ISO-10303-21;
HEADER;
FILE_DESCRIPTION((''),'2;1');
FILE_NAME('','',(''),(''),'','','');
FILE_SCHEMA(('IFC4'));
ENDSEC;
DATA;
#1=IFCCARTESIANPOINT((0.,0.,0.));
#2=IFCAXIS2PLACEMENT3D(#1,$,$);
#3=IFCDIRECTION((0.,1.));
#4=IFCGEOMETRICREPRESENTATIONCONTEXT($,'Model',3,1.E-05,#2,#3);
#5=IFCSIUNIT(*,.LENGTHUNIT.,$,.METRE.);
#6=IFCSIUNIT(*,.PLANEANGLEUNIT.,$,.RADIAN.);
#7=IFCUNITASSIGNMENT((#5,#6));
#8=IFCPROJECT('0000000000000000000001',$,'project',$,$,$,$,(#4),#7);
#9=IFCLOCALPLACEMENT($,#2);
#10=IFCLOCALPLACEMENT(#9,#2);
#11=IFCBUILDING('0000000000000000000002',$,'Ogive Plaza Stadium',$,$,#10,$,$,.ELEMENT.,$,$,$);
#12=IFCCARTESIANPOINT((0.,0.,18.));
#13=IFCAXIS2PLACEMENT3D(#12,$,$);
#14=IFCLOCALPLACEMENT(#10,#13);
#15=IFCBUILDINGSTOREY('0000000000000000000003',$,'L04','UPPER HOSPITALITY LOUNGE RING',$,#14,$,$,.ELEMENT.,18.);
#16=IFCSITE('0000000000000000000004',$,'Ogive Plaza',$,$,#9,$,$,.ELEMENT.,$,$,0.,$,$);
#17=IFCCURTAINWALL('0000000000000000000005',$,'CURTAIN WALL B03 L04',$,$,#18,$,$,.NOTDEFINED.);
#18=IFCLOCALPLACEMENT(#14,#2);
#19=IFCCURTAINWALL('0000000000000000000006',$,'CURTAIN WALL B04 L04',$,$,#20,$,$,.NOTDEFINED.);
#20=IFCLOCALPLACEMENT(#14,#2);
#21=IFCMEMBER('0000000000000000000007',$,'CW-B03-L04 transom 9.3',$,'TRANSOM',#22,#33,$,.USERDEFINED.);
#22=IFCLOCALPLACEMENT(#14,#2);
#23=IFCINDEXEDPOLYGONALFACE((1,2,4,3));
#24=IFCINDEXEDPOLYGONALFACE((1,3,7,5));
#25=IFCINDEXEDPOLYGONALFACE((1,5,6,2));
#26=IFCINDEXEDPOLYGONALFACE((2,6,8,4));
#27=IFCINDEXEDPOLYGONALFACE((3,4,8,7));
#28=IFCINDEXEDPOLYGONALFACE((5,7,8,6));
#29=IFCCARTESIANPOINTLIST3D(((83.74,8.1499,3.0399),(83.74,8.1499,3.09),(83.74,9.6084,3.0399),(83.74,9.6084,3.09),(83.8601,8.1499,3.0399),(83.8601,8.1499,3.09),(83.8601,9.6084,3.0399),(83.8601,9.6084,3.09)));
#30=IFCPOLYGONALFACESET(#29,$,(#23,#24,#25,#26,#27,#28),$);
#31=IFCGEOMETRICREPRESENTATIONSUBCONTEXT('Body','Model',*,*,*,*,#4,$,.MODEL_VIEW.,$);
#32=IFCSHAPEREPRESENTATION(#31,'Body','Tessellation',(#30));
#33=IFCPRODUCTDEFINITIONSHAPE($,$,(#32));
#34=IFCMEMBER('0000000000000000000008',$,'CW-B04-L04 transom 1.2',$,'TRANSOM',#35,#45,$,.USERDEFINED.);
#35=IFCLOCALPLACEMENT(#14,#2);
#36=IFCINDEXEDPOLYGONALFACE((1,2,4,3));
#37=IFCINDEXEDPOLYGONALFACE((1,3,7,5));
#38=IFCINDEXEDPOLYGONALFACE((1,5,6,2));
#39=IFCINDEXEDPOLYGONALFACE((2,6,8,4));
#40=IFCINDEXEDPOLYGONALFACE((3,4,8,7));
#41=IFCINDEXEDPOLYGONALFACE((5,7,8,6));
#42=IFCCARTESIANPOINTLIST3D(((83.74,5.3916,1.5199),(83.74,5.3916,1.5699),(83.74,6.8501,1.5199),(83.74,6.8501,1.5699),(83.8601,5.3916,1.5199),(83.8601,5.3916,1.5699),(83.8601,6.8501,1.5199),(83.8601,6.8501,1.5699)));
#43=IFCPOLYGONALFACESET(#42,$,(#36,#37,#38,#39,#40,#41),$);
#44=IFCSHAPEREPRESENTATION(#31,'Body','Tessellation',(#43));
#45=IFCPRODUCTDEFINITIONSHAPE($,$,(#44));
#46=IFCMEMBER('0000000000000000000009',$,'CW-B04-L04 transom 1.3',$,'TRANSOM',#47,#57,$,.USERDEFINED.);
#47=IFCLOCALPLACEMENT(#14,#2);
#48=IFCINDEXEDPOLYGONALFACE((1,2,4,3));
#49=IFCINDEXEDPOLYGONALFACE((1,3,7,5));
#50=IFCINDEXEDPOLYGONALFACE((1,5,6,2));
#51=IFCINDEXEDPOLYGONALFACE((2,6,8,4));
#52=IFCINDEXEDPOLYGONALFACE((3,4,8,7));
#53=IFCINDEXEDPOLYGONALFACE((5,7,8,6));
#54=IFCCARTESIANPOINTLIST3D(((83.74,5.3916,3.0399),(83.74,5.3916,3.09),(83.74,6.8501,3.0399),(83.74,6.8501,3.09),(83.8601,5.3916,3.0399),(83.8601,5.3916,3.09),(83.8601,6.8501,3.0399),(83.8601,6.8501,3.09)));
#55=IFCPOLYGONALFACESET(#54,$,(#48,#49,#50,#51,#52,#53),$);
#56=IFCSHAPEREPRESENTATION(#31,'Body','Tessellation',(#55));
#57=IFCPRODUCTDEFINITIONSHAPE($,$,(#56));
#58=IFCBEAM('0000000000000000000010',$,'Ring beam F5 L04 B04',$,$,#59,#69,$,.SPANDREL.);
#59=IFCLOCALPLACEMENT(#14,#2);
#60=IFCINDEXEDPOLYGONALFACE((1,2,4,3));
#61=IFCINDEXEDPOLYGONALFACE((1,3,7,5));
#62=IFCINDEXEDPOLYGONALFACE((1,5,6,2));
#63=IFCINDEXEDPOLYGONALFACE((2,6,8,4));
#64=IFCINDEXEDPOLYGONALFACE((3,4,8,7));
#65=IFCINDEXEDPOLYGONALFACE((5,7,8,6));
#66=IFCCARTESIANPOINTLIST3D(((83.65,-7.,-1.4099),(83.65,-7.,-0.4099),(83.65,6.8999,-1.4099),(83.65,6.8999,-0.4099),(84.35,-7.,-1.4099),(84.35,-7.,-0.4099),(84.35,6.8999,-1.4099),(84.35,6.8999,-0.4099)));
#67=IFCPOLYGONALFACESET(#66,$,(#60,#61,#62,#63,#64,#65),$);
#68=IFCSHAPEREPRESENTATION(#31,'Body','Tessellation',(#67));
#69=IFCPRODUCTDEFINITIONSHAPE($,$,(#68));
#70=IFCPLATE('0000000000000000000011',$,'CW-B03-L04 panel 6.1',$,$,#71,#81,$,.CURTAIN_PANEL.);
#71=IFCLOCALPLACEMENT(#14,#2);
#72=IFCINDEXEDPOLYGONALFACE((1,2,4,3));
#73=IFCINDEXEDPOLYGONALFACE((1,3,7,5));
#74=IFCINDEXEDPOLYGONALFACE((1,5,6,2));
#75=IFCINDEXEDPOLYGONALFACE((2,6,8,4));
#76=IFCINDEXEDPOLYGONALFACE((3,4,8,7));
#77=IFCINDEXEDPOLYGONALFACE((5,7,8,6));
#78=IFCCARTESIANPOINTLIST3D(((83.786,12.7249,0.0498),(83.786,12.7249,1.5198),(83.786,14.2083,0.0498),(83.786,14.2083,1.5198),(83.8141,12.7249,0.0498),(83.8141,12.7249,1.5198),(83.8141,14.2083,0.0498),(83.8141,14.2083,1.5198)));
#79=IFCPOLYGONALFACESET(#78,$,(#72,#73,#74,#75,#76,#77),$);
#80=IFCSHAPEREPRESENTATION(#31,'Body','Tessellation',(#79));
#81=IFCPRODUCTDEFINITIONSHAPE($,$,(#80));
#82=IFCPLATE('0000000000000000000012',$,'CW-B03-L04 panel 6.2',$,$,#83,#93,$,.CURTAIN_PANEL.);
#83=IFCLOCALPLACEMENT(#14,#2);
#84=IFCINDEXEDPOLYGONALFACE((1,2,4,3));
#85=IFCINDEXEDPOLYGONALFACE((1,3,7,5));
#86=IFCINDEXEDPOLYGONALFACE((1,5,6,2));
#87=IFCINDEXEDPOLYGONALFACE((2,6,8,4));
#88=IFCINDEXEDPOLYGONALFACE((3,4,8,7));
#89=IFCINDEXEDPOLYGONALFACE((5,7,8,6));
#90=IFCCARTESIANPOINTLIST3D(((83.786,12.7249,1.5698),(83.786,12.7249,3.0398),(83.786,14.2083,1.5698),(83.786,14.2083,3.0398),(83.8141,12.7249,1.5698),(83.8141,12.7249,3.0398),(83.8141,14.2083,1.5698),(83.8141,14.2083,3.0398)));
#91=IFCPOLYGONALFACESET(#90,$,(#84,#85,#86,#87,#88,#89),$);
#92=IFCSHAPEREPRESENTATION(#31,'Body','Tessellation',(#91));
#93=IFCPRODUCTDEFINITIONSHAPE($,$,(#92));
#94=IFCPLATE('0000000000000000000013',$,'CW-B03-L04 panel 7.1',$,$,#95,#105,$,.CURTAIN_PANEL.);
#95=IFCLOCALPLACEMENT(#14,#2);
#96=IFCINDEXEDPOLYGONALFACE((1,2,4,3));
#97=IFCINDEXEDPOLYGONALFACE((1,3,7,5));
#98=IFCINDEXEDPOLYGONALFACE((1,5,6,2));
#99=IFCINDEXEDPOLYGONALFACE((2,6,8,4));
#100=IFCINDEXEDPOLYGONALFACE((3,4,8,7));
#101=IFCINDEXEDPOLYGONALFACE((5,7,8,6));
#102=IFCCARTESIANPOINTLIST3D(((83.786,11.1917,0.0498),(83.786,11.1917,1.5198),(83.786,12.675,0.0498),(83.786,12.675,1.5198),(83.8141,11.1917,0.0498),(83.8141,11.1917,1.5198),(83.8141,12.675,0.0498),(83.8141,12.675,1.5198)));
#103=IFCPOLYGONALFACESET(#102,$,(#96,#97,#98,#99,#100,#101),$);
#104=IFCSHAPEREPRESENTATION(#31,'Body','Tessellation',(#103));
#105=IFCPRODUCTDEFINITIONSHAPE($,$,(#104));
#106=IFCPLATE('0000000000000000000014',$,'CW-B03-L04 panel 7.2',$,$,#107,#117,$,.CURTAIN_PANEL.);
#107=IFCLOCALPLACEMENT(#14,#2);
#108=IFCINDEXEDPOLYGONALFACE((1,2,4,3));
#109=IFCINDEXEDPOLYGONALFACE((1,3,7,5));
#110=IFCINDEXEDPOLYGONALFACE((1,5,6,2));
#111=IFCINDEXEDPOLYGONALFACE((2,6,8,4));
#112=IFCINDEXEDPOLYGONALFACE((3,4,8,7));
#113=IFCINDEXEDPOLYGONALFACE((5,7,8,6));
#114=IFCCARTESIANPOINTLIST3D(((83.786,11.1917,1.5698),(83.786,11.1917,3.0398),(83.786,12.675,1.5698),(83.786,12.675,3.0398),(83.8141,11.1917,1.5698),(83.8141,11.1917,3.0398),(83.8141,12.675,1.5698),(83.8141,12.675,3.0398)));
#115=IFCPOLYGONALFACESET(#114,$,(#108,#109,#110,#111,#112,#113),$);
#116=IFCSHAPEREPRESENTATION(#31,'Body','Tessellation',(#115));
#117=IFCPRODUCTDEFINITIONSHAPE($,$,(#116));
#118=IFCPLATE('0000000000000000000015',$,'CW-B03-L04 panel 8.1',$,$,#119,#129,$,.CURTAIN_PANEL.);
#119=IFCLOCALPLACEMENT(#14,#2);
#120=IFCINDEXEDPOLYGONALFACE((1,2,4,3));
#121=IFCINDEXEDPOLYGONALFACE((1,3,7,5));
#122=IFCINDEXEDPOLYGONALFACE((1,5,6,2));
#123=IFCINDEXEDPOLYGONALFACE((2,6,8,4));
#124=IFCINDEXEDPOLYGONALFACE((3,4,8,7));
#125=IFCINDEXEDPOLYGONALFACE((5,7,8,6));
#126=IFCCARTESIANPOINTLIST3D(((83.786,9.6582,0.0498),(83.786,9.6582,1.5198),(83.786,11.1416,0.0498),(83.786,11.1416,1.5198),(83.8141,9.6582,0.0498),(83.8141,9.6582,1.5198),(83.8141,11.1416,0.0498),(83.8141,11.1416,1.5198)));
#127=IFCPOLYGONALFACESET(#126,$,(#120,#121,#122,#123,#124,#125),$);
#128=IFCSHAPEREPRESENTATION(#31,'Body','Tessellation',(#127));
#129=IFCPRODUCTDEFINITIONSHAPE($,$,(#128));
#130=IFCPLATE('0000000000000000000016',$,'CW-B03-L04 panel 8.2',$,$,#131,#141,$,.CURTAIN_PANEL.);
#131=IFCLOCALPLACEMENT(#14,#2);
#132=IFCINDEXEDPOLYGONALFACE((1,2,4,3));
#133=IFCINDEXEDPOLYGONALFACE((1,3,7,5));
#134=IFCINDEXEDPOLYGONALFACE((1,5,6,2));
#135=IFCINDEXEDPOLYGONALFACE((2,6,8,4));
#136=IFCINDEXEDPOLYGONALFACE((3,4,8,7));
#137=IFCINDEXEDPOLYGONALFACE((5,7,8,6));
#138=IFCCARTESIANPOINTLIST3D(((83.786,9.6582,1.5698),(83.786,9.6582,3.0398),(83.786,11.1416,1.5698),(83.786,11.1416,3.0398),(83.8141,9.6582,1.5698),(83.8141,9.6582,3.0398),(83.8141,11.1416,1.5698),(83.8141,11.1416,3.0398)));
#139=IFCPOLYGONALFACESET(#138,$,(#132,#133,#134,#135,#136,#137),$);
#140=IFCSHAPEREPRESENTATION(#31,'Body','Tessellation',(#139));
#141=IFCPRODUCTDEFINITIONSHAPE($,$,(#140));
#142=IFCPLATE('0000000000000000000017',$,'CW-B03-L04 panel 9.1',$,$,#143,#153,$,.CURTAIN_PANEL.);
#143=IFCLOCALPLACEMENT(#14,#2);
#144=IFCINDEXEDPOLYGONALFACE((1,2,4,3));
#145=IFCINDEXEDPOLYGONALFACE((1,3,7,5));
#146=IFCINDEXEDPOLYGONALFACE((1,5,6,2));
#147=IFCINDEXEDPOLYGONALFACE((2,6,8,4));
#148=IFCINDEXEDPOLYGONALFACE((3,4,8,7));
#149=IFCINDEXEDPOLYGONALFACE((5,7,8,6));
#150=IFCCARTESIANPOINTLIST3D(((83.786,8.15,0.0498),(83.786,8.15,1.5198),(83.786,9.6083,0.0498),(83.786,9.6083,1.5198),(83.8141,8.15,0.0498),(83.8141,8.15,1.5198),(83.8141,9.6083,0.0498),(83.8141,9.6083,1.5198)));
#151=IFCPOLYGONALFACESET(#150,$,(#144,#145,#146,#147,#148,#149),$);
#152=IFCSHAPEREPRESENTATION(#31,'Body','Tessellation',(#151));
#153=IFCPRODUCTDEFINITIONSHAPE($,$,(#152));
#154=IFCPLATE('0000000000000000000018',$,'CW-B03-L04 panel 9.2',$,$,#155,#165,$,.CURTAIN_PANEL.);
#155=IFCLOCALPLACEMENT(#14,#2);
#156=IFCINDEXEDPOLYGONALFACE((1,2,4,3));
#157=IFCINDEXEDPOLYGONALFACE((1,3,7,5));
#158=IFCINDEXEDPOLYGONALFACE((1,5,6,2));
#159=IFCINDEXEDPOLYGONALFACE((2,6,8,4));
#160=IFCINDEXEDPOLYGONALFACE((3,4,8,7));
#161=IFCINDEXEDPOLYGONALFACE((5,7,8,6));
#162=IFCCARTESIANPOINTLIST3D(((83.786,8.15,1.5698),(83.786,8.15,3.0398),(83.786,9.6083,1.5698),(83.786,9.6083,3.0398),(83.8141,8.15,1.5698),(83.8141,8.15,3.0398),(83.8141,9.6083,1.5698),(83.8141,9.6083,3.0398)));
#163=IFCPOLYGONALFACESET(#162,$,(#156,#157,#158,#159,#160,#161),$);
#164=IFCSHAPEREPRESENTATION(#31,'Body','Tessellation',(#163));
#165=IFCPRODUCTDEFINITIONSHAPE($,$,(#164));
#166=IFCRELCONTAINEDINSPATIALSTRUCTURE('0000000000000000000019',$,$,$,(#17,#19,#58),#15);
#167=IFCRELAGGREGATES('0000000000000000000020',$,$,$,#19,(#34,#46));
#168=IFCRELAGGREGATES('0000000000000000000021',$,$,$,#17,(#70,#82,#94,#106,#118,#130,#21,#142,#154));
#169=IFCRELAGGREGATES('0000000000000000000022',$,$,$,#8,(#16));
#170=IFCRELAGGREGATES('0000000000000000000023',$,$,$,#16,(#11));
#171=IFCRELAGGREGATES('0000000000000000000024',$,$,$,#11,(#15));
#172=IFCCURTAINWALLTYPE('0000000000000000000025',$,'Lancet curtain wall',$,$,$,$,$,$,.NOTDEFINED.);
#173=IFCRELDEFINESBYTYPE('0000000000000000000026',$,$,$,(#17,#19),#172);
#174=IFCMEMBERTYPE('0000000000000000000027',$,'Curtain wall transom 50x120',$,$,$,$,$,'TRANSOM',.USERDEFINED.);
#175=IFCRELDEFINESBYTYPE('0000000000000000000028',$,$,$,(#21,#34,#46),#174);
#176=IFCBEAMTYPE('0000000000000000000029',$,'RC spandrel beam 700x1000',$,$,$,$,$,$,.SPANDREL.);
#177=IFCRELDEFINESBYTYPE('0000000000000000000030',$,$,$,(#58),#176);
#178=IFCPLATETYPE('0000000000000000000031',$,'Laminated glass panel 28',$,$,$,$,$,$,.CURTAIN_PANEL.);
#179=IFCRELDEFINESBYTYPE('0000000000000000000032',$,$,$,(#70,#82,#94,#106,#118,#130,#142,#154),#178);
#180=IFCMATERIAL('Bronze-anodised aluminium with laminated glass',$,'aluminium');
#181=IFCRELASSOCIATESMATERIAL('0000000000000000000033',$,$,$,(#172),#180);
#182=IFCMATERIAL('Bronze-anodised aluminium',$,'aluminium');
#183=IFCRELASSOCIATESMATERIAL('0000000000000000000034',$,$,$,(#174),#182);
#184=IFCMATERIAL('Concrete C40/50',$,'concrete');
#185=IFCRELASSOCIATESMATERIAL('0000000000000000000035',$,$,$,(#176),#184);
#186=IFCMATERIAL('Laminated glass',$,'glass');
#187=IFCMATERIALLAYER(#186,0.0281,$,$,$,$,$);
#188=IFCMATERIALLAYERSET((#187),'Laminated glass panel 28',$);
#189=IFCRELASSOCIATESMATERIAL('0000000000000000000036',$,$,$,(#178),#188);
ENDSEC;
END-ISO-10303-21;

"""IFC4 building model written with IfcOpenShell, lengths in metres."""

from ifc_helpers import new_model, si_unit, direction, frame, origin, origin_2d, place, context, subcontext, project, spatial, rectangle, extrude, material, layer, layer_set, material_profile, profile_set, type_object, element, aggregate, save


model = new_model("IFC4")

# Units and contexts
model_context = context("Model", 3, precision=1e-05, world=origin(), true_north=direction((0.0, 1.0)))
body_context = subcontext(model_context, "Body", "Model", "MODEL_VIEW")
ifc_project = project(units=[si_unit("LENGTHUNIT", "METRE"), si_unit("PLANEANGLEUNIT", "RADIAN")], contexts=[model_context])

# Site, building, storey
site_placement = place(None, origin())
site = spatial("IfcSite", under=ifc_project, at=site_placement, Name="Ogive Plaza", CompositionType="ELEMENT", RefElevation=0.0)
building_placement = place(site_placement, origin())
building = spatial("IfcBuilding", under=site, at=building_placement, Name="Ogive Plaza Stadium", CompositionType="ELEMENT")
storey_placement = place(building_placement, frame((0.0, 0.0, 18.0)))
storey = spatial("IfcBuildingStorey", under=building, at=storey_placement, Name="L04", Description="UPPER HOSPITALITY LOUNGE RING", CompositionType="ELEMENT", Elevation=18.0)

# Curtain wall
ifc_material_1 = material(Name="Bronze-anodised aluminium with laminated glass", Category="aluminium")
curtain_wall_type = type_object("IfcCurtainWallType", Name="Lancet curtain wall", PredefinedType="NOTDEFINED", material=ifc_material_1)
curtain_wall_1_placement = place(storey_placement, origin())
curtain_wall_1 = element("IfcCurtainWall", 1, at=curtain_wall_1_placement, inside=storey, type_object=curtain_wall_type, Name="CURTAIN WALL B03 L04", PredefinedType="NOTDEFINED")

# Curtain wall
curtain_wall_2_placement = place(storey_placement, origin())
curtain_wall_2 = element("IfcCurtainWall", 2, at=curtain_wall_2_placement, inside=storey, type_object=curtain_wall_type, Name="CURTAIN WALL B04 L04", PredefinedType="NOTDEFINED")

# Members
ifc_material_2 = material(Name="Bronze-anodised aluminium", Category="aluminium")
ifc_material_profile_1 = material_profile(ifc_material_2, rectangle(XDim=0.1201, YDim=0.05, at=origin_2d()), Name="AL 120x50")
ifc_profile_set_1 = profile_set([ifc_material_profile_1], Name="Bronze-anodised aluminium")
member_type_1 = type_object("IfcMemberType", Name="Curtain wall transom 50x120", ElementType="TRANSOM", PredefinedType="USERDEFINED", material=ifc_profile_set_1)
member_1_placement = place(storey_placement, frame((83.8, 9.6084, 3.0649), z_axis=(0.0, -1.0, 0.0), x_axis=(1.0, 0.0, 0.0)))
member_1 = element("IfcMember", 3, at=member_1_placement, type_object=member_type_1, Name="CW-B03-L04 transom 9.3", ObjectType="TRANSOM", PredefinedType="USERDEFINED", context=body_context, shape_type="SweptSolid", body=[
    extrude(rectangle(XDim=0.1201, YDim=0.05, at=origin_2d()), origin(), (0.0, 0.0, 1.0), 1.4585),
])
member_2_placement = place(storey_placement, frame((83.8, 6.8501, 1.5449), z_axis=(0.0, -1.0, 0.0), x_axis=(1.0, 0.0, 0.0)))
member_2 = element("IfcMember", 4, at=member_2_placement, type_object=member_type_1, Name="CW-B04-L04 transom 1.2", ObjectType="TRANSOM", PredefinedType="USERDEFINED", context=body_context, shape_type="SweptSolid", body=[
    extrude(rectangle(XDim=0.1201, YDim=0.05, at=origin_2d()), origin(), (0.0, 0.0, 1.0), 1.4585),
])
member_3_placement = place(storey_placement, frame((83.8, 6.8501, 3.0649), z_axis=(0.0, -1.0, 0.0), x_axis=(1.0, 0.0, 0.0)))
member_3 = element("IfcMember", 5, at=member_3_placement, type_object=member_type_1, Name="CW-B04-L04 transom 1.3", ObjectType="TRANSOM", PredefinedType="USERDEFINED", context=body_context, shape_type="SweptSolid", body=[
    extrude(rectangle(XDim=0.1201, YDim=0.05, at=origin_2d()), origin(), (0.0, 0.0, 1.0), 1.4585),
])
aggregate(curtain_wall_2, [member_2, member_3])

# Beam
ifc_material_3 = material(Name="Concrete C40/50", Category="concrete")
ifc_material_profile_2 = material_profile(ifc_material_3, rectangle(XDim=0.7, YDim=1.0, at=origin_2d()), Name="RC 700x1000")
ifc_profile_set_2 = profile_set([ifc_material_profile_2], Name="Concrete C40/50")
beam_type = type_object("IfcBeamType", Name="RC spandrel beam 700x1000", PredefinedType="SPANDREL", material=ifc_profile_set_2)
beam_placement = place(storey_placement, frame((84.0, 6.8999, -0.9099), z_axis=(0.0, -1.0, 0.0), x_axis=(1.0, 0.0, 0.0)))
element("IfcBeam", 6, at=beam_placement, inside=storey, type_object=beam_type, Name="Ring beam F5 L04 B04", PredefinedType="SPANDREL", context=body_context, shape_type="SweptSolid", body=[
    extrude(rectangle(XDim=0.7, YDim=1.0, at=origin_2d()), origin(), (0.0, 0.0, 1.0), 13.8999),
])

# Plates
ifc_material_4 = material(Name="Laminated glass", Category="glass")
ifc_layer = layer(ifc_material_4, 0.0281)
ifc_layer_set = layer_set([ifc_layer], Name="Laminated glass panel 28")
plate_type = type_object("IfcPlateType", Name="Laminated glass panel 28", PredefinedType="CURTAIN_PANEL", material=ifc_layer_set)
plate_1_placement = place(storey_placement, frame((83.8, 13.4666, 0.0498), z_axis=(0.0, 0.0, 1.0), x_axis=(0.0, -1.0, 0.0)))
plate_1 = element("IfcPlate", 7, at=plate_1_placement, type_object=plate_type, Name="CW-B03-L04 panel 6.1", PredefinedType="CURTAIN_PANEL", context=body_context, shape_type="SweptSolid", body=[
    extrude(rectangle(XDim=1.4834, YDim=0.0281, at=origin_2d()), origin(), (0.0, 0.0, 1.0), 1.47),
])
plate_2_placement = place(storey_placement, frame((83.8, 13.4666, 1.5698), z_axis=(0.0, 0.0, 1.0), x_axis=(0.0, -1.0, 0.0)))
plate_2 = element("IfcPlate", 8, at=plate_2_placement, type_object=plate_type, Name="CW-B03-L04 panel 6.2", PredefinedType="CURTAIN_PANEL", context=body_context, shape_type="SweptSolid", body=[
    extrude(rectangle(XDim=1.4834, YDim=0.0281, at=origin_2d()), origin(), (0.0, 0.0, 1.0), 1.47),
])
plate_3_placement = place(storey_placement, frame((83.8, 11.9333, 0.0498), z_axis=(0.0, 0.0, 1.0), x_axis=(0.0, -1.0, 0.0)))
plate_3 = element("IfcPlate", 9, at=plate_3_placement, type_object=plate_type, Name="CW-B03-L04 panel 7.1", PredefinedType="CURTAIN_PANEL", context=body_context, shape_type="SweptSolid", body=[
    extrude(rectangle(XDim=1.4834, YDim=0.0281, at=origin_2d()), origin(), (0.0, 0.0, 1.0), 1.47),
])
plate_4_placement = place(storey_placement, frame((83.8, 11.9333, 1.5698), z_axis=(0.0, 0.0, 1.0), x_axis=(0.0, -1.0, 0.0)))
plate_4 = element("IfcPlate", 10, at=plate_4_placement, type_object=plate_type, Name="CW-B03-L04 panel 7.2", PredefinedType="CURTAIN_PANEL", context=body_context, shape_type="SweptSolid", body=[
    extrude(rectangle(XDim=1.4834, YDim=0.0281, at=origin_2d()), origin(), (0.0, 0.0, 1.0), 1.47),
])
plate_5_placement = place(storey_placement, frame((83.8, 10.3999, 0.0498), z_axis=(0.0, 0.0, 1.0), x_axis=(0.0, -1.0, 0.0)))
plate_5 = element("IfcPlate", 11, at=plate_5_placement, type_object=plate_type, Name="CW-B03-L04 panel 8.1", PredefinedType="CURTAIN_PANEL", context=body_context, shape_type="SweptSolid", body=[
    extrude(rectangle(XDim=1.4834, YDim=0.0281, at=origin_2d()), origin(), (0.0, 0.0, 1.0), 1.47),
])
plate_6_placement = place(storey_placement, frame((83.8, 10.3999, 1.5698), z_axis=(0.0, 0.0, 1.0), x_axis=(0.0, -1.0, 0.0)))
plate_6 = element("IfcPlate", 12, at=plate_6_placement, type_object=plate_type, Name="CW-B03-L04 panel 8.2", PredefinedType="CURTAIN_PANEL", context=body_context, shape_type="SweptSolid", body=[
    extrude(rectangle(XDim=1.4834, YDim=0.0281, at=origin_2d()), origin(), (0.0, 0.0, 1.0), 1.47),
])
plate_7_placement = place(storey_placement, frame((83.8, 8.8792, 0.0498), z_axis=(0.0, 0.0, 1.0), x_axis=(0.0, -1.0, 0.0)))
plate_7 = element("IfcPlate", 13, at=plate_7_placement, type_object=plate_type, Name="CW-B03-L04 panel 9.1", PredefinedType="CURTAIN_PANEL", context=body_context, shape_type="SweptSolid", body=[
    extrude(rectangle(XDim=1.4583, YDim=0.0281, at=origin_2d()), origin(), (0.0, 0.0, 1.0), 1.47),
])
plate_8_placement = place(storey_placement, frame((83.8, 8.8792, 1.5698), z_axis=(0.0, 0.0, 1.0), x_axis=(0.0, -1.0, 0.0)))
plate_8 = element("IfcPlate", 14, at=plate_8_placement, type_object=plate_type, Name="CW-B03-L04 panel 9.2", PredefinedType="CURTAIN_PANEL", context=body_context, shape_type="SweptSolid", body=[
    extrude(rectangle(XDim=1.4583, YDim=0.0281, at=origin_2d()), origin(), (0.0, 0.0, 1.0), 1.47),
])
aggregate(curtain_wall_1, [plate_1, plate_2, plate_3, plate_4, plate_5, plate_6, member_1, plate_7, plate_8])

save(model, "model.ifc")
